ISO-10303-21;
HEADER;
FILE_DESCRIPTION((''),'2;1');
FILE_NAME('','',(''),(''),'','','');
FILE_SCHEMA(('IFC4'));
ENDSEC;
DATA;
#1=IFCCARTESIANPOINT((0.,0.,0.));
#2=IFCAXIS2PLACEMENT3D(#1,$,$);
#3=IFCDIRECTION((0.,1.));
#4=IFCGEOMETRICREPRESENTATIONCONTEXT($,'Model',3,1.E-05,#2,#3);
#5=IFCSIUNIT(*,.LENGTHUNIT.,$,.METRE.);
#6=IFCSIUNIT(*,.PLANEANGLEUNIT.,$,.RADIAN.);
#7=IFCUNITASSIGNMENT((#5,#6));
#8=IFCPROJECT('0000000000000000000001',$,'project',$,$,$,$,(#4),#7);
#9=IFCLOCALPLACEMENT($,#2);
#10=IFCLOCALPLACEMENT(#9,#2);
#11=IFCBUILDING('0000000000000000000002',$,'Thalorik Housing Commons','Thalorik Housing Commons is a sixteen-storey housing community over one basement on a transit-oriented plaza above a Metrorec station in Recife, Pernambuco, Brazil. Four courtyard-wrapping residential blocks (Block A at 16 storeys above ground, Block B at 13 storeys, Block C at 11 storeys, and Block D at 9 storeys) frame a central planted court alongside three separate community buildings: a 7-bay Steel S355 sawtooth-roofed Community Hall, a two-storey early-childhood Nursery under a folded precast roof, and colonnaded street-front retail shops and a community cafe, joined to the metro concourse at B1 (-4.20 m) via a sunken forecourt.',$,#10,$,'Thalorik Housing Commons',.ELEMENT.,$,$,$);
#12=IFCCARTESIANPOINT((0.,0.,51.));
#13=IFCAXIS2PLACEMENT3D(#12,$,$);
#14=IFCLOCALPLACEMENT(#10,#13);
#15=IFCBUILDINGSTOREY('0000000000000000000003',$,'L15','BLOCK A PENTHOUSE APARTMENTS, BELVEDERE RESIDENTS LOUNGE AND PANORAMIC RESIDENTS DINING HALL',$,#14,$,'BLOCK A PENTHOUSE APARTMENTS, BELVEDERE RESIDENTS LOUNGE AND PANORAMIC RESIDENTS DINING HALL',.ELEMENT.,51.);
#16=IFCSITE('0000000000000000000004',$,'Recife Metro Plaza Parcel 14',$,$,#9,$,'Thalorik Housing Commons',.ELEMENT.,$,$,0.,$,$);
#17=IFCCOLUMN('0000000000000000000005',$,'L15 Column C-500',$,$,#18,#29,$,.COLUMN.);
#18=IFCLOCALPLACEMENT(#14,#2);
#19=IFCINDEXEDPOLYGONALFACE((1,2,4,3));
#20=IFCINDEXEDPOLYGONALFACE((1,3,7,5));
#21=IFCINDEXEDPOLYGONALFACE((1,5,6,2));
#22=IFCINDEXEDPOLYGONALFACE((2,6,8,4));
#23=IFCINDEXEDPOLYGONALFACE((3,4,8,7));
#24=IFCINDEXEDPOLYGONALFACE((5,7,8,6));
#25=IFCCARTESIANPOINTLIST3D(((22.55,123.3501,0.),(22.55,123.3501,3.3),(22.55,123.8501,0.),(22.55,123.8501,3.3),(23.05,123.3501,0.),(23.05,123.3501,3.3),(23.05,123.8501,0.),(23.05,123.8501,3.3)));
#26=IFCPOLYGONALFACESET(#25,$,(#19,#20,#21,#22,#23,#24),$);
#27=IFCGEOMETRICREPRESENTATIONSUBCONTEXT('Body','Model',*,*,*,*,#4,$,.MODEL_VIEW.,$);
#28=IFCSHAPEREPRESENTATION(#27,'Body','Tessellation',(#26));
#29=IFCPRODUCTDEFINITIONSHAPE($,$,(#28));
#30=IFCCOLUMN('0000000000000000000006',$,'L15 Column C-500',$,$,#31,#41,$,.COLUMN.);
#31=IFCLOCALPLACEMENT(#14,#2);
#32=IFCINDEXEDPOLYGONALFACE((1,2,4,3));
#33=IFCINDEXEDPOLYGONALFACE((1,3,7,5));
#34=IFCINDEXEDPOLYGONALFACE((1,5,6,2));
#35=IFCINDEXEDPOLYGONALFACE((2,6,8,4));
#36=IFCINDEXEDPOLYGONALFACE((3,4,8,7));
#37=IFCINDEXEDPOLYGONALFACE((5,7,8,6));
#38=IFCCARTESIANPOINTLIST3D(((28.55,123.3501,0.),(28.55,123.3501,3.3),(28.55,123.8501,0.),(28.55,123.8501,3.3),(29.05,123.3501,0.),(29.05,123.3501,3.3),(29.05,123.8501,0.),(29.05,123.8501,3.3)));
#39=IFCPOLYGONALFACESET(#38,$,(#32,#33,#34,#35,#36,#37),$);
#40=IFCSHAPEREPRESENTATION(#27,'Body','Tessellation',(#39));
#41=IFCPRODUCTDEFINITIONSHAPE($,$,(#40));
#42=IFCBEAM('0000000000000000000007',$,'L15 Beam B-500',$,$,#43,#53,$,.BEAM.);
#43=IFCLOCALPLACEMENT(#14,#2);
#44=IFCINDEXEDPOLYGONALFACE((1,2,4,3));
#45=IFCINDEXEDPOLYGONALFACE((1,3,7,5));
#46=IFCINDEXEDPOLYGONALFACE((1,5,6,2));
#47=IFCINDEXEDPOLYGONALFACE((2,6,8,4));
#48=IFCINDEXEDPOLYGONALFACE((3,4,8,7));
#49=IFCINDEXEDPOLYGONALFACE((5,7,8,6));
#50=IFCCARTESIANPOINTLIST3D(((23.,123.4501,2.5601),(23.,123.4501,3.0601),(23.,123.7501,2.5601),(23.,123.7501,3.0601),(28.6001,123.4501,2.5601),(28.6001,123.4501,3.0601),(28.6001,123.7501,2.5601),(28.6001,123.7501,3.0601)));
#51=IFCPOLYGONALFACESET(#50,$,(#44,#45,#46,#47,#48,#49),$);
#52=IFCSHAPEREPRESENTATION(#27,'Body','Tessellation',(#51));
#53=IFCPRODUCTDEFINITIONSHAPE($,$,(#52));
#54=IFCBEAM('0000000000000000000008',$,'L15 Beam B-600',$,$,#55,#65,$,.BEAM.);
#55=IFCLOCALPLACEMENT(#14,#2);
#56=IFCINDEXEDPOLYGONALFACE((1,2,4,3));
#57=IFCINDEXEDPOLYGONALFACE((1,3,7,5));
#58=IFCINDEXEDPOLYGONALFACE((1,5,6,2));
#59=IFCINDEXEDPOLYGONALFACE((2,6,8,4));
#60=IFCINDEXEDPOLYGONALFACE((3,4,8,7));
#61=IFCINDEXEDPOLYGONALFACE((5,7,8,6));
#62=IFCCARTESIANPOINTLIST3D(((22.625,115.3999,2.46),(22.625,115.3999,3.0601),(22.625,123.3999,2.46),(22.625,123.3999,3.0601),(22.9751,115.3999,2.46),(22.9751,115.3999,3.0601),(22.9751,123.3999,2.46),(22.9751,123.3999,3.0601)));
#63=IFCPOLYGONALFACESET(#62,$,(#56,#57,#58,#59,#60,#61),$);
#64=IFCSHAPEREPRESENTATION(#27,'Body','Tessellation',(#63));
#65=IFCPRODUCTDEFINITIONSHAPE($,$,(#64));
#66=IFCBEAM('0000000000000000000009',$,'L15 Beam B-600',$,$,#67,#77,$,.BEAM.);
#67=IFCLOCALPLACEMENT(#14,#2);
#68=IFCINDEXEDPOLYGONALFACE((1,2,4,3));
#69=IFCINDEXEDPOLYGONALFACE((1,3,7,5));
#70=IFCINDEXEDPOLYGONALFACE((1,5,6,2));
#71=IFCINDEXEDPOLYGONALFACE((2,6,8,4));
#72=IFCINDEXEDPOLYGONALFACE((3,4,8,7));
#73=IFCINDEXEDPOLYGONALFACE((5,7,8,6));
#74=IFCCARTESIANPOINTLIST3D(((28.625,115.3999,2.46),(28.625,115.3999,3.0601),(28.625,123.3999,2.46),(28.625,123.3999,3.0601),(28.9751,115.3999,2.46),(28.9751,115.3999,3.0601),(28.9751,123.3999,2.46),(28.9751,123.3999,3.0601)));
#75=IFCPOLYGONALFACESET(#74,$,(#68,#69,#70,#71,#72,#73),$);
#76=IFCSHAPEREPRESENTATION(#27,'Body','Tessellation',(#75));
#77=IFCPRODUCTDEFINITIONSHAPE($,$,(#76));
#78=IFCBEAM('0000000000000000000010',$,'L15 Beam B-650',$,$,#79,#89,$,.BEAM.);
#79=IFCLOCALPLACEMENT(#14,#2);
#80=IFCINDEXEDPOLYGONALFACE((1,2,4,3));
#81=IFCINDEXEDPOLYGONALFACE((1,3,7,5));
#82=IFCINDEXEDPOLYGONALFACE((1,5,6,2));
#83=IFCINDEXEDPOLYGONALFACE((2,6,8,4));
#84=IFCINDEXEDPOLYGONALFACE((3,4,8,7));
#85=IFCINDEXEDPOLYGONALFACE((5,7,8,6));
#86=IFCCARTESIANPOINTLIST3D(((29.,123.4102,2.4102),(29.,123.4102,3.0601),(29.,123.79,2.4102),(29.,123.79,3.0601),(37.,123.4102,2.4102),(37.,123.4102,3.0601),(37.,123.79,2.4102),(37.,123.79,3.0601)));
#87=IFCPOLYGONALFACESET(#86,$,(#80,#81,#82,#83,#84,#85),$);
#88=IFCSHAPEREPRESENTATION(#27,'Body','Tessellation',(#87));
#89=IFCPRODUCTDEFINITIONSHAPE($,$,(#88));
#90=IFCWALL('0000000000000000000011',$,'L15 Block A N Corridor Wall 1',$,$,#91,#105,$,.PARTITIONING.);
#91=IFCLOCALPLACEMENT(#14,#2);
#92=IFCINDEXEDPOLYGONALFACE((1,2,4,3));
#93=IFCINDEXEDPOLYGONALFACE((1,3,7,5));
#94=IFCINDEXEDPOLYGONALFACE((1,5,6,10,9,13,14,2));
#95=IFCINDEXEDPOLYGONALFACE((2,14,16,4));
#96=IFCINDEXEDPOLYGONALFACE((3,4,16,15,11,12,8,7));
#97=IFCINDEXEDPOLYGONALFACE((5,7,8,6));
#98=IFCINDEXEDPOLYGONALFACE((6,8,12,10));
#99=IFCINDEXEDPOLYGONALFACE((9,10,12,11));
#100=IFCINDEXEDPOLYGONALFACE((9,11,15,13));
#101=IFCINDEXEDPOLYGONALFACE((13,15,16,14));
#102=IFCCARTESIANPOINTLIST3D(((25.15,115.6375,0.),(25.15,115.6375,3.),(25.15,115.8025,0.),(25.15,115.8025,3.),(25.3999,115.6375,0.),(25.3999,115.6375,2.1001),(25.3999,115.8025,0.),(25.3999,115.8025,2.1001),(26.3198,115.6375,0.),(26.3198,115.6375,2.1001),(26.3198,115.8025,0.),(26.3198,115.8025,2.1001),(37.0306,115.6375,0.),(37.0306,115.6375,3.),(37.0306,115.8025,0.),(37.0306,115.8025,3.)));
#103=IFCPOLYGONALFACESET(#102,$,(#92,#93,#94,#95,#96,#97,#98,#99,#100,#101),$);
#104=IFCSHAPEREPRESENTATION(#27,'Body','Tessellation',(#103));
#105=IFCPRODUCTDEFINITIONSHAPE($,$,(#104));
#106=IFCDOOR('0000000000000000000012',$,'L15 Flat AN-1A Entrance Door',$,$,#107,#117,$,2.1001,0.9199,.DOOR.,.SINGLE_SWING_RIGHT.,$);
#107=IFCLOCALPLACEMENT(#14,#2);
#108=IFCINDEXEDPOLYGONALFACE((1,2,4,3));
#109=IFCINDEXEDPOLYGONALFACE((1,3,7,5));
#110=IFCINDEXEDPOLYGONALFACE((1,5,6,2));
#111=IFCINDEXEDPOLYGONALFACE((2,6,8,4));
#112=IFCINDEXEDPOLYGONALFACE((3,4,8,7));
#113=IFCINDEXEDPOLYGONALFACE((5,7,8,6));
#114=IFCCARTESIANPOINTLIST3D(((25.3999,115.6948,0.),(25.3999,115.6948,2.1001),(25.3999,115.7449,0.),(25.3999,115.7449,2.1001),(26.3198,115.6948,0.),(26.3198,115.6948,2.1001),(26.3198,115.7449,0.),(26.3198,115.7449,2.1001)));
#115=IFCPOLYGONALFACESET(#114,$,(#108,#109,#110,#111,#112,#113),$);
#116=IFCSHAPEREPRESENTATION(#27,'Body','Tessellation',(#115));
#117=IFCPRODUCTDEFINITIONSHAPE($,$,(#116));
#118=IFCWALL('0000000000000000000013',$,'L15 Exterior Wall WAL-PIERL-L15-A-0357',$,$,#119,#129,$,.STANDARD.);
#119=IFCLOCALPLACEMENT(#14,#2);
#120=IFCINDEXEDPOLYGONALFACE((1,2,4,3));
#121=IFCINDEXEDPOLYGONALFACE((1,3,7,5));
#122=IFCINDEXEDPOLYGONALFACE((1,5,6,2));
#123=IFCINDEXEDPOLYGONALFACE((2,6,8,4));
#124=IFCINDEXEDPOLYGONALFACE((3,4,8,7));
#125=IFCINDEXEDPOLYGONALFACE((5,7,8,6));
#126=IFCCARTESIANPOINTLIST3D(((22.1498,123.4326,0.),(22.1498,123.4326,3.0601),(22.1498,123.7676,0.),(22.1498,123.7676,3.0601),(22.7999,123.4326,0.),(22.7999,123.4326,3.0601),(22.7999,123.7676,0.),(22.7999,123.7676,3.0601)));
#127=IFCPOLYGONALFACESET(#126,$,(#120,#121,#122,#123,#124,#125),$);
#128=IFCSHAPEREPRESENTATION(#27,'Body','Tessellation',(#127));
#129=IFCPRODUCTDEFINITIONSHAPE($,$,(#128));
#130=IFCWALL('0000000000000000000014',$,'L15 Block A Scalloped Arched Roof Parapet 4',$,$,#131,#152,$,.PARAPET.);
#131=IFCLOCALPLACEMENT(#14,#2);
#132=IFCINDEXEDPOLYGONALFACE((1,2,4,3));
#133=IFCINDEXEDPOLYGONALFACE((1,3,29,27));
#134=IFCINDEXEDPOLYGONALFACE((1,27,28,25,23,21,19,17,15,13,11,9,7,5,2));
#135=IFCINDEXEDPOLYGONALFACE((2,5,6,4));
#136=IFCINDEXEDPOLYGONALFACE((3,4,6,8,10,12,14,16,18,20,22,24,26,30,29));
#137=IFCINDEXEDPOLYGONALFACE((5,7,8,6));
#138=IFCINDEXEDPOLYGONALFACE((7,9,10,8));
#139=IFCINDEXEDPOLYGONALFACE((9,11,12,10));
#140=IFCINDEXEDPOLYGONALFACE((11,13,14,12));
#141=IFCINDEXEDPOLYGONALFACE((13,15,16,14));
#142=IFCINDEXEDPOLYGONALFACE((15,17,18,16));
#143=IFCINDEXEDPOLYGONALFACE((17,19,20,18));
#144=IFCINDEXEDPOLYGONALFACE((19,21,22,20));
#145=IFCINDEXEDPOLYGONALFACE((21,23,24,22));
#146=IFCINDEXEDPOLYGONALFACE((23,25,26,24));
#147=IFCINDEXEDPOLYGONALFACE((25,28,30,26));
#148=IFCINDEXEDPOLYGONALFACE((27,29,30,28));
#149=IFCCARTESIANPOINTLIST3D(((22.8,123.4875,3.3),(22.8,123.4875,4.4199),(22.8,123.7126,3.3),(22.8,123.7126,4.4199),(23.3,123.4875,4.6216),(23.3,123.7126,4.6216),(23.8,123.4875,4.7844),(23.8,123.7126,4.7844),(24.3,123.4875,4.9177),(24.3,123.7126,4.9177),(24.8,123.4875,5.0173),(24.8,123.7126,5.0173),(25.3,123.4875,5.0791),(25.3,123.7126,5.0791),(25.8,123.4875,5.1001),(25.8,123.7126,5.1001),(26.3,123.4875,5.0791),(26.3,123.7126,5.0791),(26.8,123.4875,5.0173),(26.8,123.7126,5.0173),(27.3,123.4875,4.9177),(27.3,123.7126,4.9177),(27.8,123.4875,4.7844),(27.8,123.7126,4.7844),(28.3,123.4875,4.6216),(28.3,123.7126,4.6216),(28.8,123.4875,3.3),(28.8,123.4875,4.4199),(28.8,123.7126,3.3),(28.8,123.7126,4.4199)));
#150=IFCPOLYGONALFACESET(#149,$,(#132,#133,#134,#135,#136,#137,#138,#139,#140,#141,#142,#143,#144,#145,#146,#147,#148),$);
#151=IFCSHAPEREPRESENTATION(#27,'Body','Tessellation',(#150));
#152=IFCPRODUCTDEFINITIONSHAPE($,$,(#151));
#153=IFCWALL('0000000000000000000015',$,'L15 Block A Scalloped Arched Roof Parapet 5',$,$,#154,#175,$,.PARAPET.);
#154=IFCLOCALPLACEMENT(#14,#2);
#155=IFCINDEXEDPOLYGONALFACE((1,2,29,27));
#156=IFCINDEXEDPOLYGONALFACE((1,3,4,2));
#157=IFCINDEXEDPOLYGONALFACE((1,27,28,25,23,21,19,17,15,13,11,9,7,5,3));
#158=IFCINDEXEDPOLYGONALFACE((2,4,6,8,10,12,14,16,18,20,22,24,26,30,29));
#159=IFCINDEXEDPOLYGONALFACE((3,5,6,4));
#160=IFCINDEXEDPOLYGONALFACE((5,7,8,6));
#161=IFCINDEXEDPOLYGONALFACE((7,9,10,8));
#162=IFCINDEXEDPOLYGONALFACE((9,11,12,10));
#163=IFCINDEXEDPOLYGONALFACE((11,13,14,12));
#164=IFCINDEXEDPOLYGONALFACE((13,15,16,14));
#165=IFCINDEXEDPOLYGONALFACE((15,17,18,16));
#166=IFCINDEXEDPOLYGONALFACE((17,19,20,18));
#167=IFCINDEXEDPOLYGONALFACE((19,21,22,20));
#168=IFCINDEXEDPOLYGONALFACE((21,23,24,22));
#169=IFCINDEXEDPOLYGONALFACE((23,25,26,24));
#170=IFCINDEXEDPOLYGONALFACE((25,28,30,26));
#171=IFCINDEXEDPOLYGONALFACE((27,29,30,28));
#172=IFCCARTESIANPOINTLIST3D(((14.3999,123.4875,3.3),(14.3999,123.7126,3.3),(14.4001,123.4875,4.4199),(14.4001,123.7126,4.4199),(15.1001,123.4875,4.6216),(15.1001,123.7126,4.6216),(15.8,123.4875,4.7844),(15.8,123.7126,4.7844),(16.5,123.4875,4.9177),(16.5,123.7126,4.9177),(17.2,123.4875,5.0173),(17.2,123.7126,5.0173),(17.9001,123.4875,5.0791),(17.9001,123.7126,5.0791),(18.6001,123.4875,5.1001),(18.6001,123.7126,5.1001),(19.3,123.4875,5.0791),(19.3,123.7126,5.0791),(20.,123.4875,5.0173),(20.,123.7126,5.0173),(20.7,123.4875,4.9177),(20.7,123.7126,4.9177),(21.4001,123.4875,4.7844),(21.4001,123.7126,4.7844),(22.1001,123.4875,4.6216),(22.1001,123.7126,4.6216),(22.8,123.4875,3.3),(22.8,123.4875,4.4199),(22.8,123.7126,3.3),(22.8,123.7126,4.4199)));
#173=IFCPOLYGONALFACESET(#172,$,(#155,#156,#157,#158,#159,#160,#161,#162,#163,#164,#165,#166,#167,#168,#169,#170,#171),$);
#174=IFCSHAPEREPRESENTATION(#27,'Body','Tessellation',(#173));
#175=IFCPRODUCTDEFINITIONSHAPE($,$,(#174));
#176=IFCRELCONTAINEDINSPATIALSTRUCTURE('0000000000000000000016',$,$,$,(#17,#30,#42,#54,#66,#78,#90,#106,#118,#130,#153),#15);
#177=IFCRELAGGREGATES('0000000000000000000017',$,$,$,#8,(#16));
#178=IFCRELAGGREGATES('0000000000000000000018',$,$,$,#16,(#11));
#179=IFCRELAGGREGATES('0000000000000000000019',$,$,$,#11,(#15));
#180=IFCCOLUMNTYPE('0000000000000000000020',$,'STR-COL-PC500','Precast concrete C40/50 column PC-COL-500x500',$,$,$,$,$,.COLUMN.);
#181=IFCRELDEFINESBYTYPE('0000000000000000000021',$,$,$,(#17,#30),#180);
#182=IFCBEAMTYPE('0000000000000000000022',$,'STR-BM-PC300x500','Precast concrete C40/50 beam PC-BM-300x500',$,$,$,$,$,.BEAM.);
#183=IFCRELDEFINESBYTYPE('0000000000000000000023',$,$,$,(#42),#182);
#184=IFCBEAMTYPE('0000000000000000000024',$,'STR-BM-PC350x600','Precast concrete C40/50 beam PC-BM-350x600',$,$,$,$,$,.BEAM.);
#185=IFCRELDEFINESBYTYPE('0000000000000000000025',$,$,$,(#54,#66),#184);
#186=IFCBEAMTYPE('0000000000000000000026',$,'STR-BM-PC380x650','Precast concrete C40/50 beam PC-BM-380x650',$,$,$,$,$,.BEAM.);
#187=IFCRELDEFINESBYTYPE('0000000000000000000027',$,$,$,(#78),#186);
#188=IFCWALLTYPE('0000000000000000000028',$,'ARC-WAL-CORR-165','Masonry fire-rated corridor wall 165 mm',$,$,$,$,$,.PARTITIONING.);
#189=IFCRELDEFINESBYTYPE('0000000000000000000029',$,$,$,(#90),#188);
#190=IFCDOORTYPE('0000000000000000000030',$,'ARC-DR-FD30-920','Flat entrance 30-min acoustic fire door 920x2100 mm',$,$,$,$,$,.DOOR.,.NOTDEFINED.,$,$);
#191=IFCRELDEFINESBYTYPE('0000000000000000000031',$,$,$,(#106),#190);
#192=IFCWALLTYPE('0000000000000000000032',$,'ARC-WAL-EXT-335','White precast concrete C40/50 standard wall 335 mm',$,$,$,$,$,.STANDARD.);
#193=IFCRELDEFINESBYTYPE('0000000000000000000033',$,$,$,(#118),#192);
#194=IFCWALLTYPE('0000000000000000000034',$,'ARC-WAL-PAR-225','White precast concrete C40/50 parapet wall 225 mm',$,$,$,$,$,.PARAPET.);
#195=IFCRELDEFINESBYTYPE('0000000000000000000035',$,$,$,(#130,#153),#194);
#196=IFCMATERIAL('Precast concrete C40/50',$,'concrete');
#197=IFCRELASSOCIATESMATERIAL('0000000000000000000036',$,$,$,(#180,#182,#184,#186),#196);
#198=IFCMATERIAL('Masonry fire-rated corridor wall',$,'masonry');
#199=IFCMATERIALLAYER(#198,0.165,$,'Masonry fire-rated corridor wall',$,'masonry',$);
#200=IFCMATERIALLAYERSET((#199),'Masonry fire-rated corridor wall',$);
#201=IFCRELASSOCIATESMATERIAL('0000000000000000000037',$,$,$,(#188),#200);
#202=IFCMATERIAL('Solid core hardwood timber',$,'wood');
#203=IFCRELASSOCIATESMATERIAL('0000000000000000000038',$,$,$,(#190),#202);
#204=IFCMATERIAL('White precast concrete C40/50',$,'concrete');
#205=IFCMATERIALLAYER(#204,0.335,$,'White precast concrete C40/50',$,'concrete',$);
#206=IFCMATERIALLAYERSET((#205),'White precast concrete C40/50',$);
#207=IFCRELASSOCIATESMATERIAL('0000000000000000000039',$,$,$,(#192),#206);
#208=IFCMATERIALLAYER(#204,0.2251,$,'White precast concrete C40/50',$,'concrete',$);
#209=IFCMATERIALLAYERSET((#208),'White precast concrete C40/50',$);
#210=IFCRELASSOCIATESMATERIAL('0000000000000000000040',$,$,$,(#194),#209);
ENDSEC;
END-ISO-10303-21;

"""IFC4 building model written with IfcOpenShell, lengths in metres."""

from ifc_helpers import new_model, si_unit, direction, frame, frame_2d, origin, origin_2d, place, context, subcontext, project, spatial, polyline, rectangle, outline, extrude, material, layer, layer_set, material_profile, profile_set, type_object, element, fill, save


model = new_model("IFC4")

# Units and contexts
model_context = context("Model", 3, precision=1e-05, world=origin(), true_north=direction((0.0, 1.0)))
body_context = subcontext(model_context, "Body", "Model", "MODEL_VIEW")
ifc_project = project(units=[si_unit("LENGTHUNIT", "METRE"), si_unit("PLANEANGLEUNIT", "RADIAN")], contexts=[model_context])

# Site, building, storey
site_placement = place(None, origin())
site = spatial("IfcSite", under=ifc_project, at=site_placement, Name="Recife Metro Plaza Parcel 14", LongName="Thalorik Housing Commons", CompositionType="ELEMENT", RefElevation=0.0)
building_placement = place(site_placement, origin())
building = spatial("IfcBuilding", under=site, at=building_placement, Name="Thalorik Housing Commons", Description="Thalorik Housing Commons is a sixteen-storey housing community over one basement on a transit-oriented plaza above a Metrorec station in Recife, Pernambuco, Brazil. Four courtyard-wrapping residential blocks (Block A at 16 storeys above ground, Block B at 13 storeys, Block C at 11 storeys, and Block D at 9 storeys) frame a central planted court alongside three separate community buildings: a 7-bay Steel S355 sawtooth-roofed Community Hall, a two-storey early-childhood Nursery under a folded precast roof, and colonnaded street-front retail shops and a community cafe, joined to the metro concourse at B1 (-4.20 m) via a sunken forecourt.", LongName="Thalorik Housing Commons", CompositionType="ELEMENT")
storey_placement = place(building_placement, frame((0.0, 0.0, 51.0)))
storey = spatial("IfcBuildingStorey", under=building, at=storey_placement, Name="L15", Description="BLOCK A PENTHOUSE APARTMENTS, BELVEDERE RESIDENTS LOUNGE AND PANORAMIC RESIDENTS DINING HALL", LongName="BLOCK A PENTHOUSE APARTMENTS, BELVEDERE RESIDENTS LOUNGE AND PANORAMIC RESIDENTS DINING HALL", CompositionType="ELEMENT", Elevation=51.0)

# Columns
ifc_material_1 = material(Name="Precast concrete C40/50", Category="concrete")
ifc_material_profile_1 = material_profile(ifc_material_1, rectangle(XDim=0.5, YDim=0.5, at=origin_2d()), Name="PC 500x500", Category="concrete")
ifc_profile_set_1 = profile_set([ifc_material_profile_1], Name="Precast concrete C40/50")
column_type = type_object("IfcColumnType", Name="STR-COL-PC500", Description="Precast concrete C40/50 column PC-COL-500x500", PredefinedType="COLUMN", material=ifc_profile_set_1)
for number, where, z_axis, x_axis, name in (
    (1, (22.8, 123.6001, 0.0), (0.0, 0.0, 1.0), (1.0, 0.0, 0.0), "L15 Column C-500"),
    (2, (28.8, 123.6001, 0.0), (0.0, 0.0, 1.0), (1.0, 0.0, 0.0), "L15 Column C-500"),
):
    element("IfcColumn", number, at=place(storey_placement, frame(where, z_axis=z_axis, x_axis=x_axis)), inside=storey, type_object=column_type, Name=name, PredefinedType="COLUMN", context=body_context, shape_type="SweptSolid", body=[
        extrude(rectangle(XDim=0.5, YDim=0.5, at=origin_2d()), origin(), (0.0, 0.0, 1.0), 3.3),
    ])

# Beams
ifc_material_profile_2 = material_profile(ifc_material_1, rectangle(XDim=0.3, YDim=0.5, at=origin_2d()), Name="PC 300x500", Category="concrete")
ifc_profile_set_2 = profile_set([ifc_material_profile_2], Name="Precast concrete C40/50")
beam_type_1 = type_object("IfcBeamType", Name="STR-BM-PC300x500", Description="Precast concrete C40/50 beam PC-BM-300x500", PredefinedType="BEAM", material=ifc_profile_set_2)
beam_1_placement = place(storey_placement, frame((23.0, 123.6001, 2.8101), z_axis=(1.0, 0.0, 0.0), x_axis=(0.0, 1.0, 0.0)))
element("IfcBeam", 3, at=beam_1_placement, inside=storey, type_object=beam_type_1, Name="L15 Beam B-500", PredefinedType="BEAM", context=body_context, shape_type="SweptSolid", body=[
    extrude(rectangle(XDim=0.3, YDim=0.5, at=origin_2d()), origin(), (0.0, 0.0, 1.0), 5.6001),
])
ifc_material_profile_3 = material_profile(ifc_material_1, rectangle(XDim=0.3501, YDim=0.6001, at=origin_2d()), Name="PC 350x600", Category="concrete")
ifc_profile_set_3 = profile_set([ifc_material_profile_3], Name="Precast concrete C40/50")
beam_type_2 = type_object("IfcBeamType", Name="STR-BM-PC350x600", Description="Precast concrete C40/50 beam PC-BM-350x600", PredefinedType="BEAM", material=ifc_profile_set_3)
for number, where, z_axis, x_axis, name in (
    (4, (22.8, 115.3999, 2.76), (0.0, 1.0, 0.0), (-1.0, 0.0, 0.0), "L15 Beam B-600"),
    (5, (28.8, 115.3999, 2.76), (0.0, 1.0, 0.0), (-1.0, 0.0, 0.0), "L15 Beam B-600"),
):
    element("IfcBeam", number, at=place(storey_placement, frame(where, z_axis=z_axis, x_axis=x_axis)), inside=storey, type_object=beam_type_2, Name=name, PredefinedType="BEAM", context=body_context, shape_type="SweptSolid", body=[
        extrude(rectangle(XDim=0.3501, YDim=0.6001, at=origin_2d()), origin(), (0.0, 0.0, 1.0), 8.0),
    ])
ifc_material_profile_4 = material_profile(ifc_material_1, rectangle(XDim=0.3799, YDim=0.6499, at=origin_2d()), Name="PC 380x650", Category="concrete")
ifc_profile_set_4 = profile_set([ifc_material_profile_4], Name="Precast concrete C40/50")
beam_type_3 = type_object("IfcBeamType", Name="STR-BM-PC380x650", Description="Precast concrete C40/50 beam PC-BM-380x650", PredefinedType="BEAM", material=ifc_profile_set_4)
beam_2_placement = place(storey_placement, frame((29.0, 123.6001, 2.7351), z_axis=(1.0, 0.0, 0.0), x_axis=(0.0, 1.0, 0.0)))
element("IfcBeam", 6, at=beam_2_placement, inside=storey, type_object=beam_type_3, Name="L15 Beam B-650", PredefinedType="BEAM", context=body_context, shape_type="SweptSolid", body=[
    extrude(rectangle(XDim=0.3799, YDim=0.6499, at=origin_2d()), origin(), (0.0, 0.0, 1.0), 8.0),
])

# Wall, opening, door
ifc_material_2 = material(Name="Masonry fire-rated corridor wall", Category="masonry")
ifc_layer_1 = layer(ifc_material_2, 0.165, Name="Masonry fire-rated corridor wall", Category="masonry")
ifc_layer_set_1 = layer_set([ifc_layer_1], Name="Masonry fire-rated corridor wall")
wall_type_1 = type_object("IfcWallType", Name="ARC-WAL-CORR-165", Description="Masonry fire-rated corridor wall 165 mm", PredefinedType="PARTITIONING", material=ifc_layer_set_1)
wall_1_placement = place(storey_placement, frame((25.1499, 115.72, 0.0), z_axis=(0.0, 0.0, 1.0), x_axis=(1.0, 0.0, 0.0)))
wall_1 = element("IfcWall", 7, at=wall_1_placement, inside=storey, type_object=wall_type_1, Name="L15 Block A N Corridor Wall 1", PredefinedType="PARTITIONING", context=body_context, shape_type="SweptSolid", body=[
    extrude(rectangle(XDim=11.8806, YDim=0.165, at=frame_2d((5.9404, 0.0))), origin(), (0.0, 0.0, 1.0), 3.0),
])
opening_1_placement = place(wall_1_placement, frame((0.25, 0.0, 0.0)))
opening_1 = element("IfcOpeningElement", 8, at=opening_1_placement, cuts=wall_1, PredefinedType="OPENING", context=body_context, shape_type="SweptSolid", body=[
    extrude(rectangle(XDim=0.9199, YDim=2.1001, at=frame_2d((0.46, 1.05))), frame((0.0, 0.0925, 0.0), z_axis=(0.0, -1.0, 0.0), x_axis=(1.0, 0.0, 0.0)), (0.0, 0.0, 1.0), 0.1851),
])
ifc_material_3 = material(Name="Solid core hardwood timber", Category="wood")
door_type_1 = type_object("IfcDoorType", Name="ARC-DR-FD30-920", Description="Flat entrance 30-min acoustic fire door 920x2100 mm", OperationType="NOTDEFINED", PredefinedType="DOOR", material=ifc_material_3)
door_1_placement = place(opening_1_placement, origin())
door_1 = element("IfcDoor", 9, at=door_1_placement, inside=storey, type_object=door_type_1, Name="L15 Flat AN-1A Entrance Door", OperationType="SINGLE_SWING_RIGHT", OverallHeight=2.1001, OverallWidth=0.9199, PredefinedType="DOOR", context=body_context, shape_type="SweptSolid", body=[
    extrude(rectangle(XDim=0.9199, YDim=2.1001, at=frame_2d((0.46, 1.05))), frame((0.0, 0.0249, 0.0), z_axis=(0.0, -1.0, 0.0), x_axis=(1.0, 0.0, 0.0)), (0.0, 0.0, 1.0), 0.05),
])
fill(opening_1, door_1)

# Shared definitions
ifc_material_4 = material(Name="White precast concrete C40/50", Category="concrete")
ifc_layer_2 = layer(ifc_material_4, 0.335, Name="White precast concrete C40/50", Category="concrete")
ifc_layer_set_2 = layer_set([ifc_layer_2], Name="White precast concrete C40/50")
wall_type_2 = type_object("IfcWallType", Name="ARC-WAL-EXT-335", Description="White precast concrete C40/50 standard wall 335 mm", PredefinedType="STANDARD", material=ifc_layer_set_2)

# Walls
wall_2_placement = place(storey_placement, frame((22.8, 123.6001, 0.0), z_axis=(0.0, 0.0, 1.0), x_axis=(-1.0, 0.0, 0.0)))
element("IfcWall", 10, at=wall_2_placement, inside=storey, type_object=wall_type_2, Name="L15 Exterior Wall WAL-PIERL-L15-A-0357", PredefinedType="STANDARD", context=body_context, shape_type="SweptSolid", body=[
    extrude(rectangle(XDim=0.6501, YDim=0.335, at=frame_2d((0.3252, 0.0))), origin(), (0.0, 0.0, 1.0), 3.0601),
])
ifc_layer_3 = layer(ifc_material_4, 0.2251, Name="White precast concrete C40/50", Category="concrete")
ifc_layer_set_3 = layer_set([ifc_layer_3], Name="White precast concrete C40/50")
wall_type_3 = type_object("IfcWallType", Name="ARC-WAL-PAR-225", Description="White precast concrete C40/50 parapet wall 225 mm", PredefinedType="PARAPET", material=ifc_layer_set_3)
wall_3_placement = place(storey_placement, frame((28.8, 123.6001, 3.3), z_axis=(0.0, 0.0, 1.0), x_axis=(-1.0, 0.0, 0.0)))
element("IfcWall", 11, at=wall_3_placement, inside=storey, type_object=wall_type_3, Name="L15 Block A Scalloped Arched Roof Parapet 4", PredefinedType="PARAPET", context=body_context, shape_type="SweptSolid", body=[
    extrude(outline(polyline([(0.0, 0.0), (6.0, 0.0), (6.0, 1.1199), (5.5, 1.3215), (5.0, 1.4844), (4.5, 1.6177), (4.0, 1.7173), (3.5, 1.7791), (3.0, 1.8), (2.5, 1.7791), (2.0, 1.7173), (1.5, 1.6177), (1.0, 1.4844), (0.5, 1.3215), (0.0, 1.1199), (0.0, 0.0)])), frame((0.0, 0.1125, 0.0), z_axis=(0.0, -1.0, 0.0), x_axis=(1.0, 0.0, 0.0)), (0.0, 0.0, 1.0), 0.2251),
])
wall_4_placement = place(storey_placement, frame((22.8, 123.6001, 3.3), z_axis=(0.0, 0.0, 1.0), x_axis=(-1.0, 0.0, 0.0)))
element("IfcWall", 12, at=wall_4_placement, inside=storey, type_object=wall_type_3, Name="L15 Block A Scalloped Arched Roof Parapet 5", PredefinedType="PARAPET", context=body_context, shape_type="SweptSolid", body=[
    extrude(outline(polyline([(0.0, 0.0), (8.4001, 0.0), (8.3999, 1.1199), (7.7, 1.3215), (7.0, 1.4844), (6.3, 1.6177), (5.6001, 1.7173), (4.8999, 1.7791), (4.2, 1.8), (3.5, 1.7791), (2.8, 1.7173), (2.1001, 1.6177), (1.3999, 1.4844), (0.7, 1.3215), (0.0, 1.1199), (0.0, 0.0)])), frame((0.0, 0.1125, 0.0), z_axis=(0.0, -1.0, 0.0), x_axis=(1.0, 0.0, 0.0)), (0.0, 0.0, 1.0), 0.2251),
])

save(model, "model.ifc")
